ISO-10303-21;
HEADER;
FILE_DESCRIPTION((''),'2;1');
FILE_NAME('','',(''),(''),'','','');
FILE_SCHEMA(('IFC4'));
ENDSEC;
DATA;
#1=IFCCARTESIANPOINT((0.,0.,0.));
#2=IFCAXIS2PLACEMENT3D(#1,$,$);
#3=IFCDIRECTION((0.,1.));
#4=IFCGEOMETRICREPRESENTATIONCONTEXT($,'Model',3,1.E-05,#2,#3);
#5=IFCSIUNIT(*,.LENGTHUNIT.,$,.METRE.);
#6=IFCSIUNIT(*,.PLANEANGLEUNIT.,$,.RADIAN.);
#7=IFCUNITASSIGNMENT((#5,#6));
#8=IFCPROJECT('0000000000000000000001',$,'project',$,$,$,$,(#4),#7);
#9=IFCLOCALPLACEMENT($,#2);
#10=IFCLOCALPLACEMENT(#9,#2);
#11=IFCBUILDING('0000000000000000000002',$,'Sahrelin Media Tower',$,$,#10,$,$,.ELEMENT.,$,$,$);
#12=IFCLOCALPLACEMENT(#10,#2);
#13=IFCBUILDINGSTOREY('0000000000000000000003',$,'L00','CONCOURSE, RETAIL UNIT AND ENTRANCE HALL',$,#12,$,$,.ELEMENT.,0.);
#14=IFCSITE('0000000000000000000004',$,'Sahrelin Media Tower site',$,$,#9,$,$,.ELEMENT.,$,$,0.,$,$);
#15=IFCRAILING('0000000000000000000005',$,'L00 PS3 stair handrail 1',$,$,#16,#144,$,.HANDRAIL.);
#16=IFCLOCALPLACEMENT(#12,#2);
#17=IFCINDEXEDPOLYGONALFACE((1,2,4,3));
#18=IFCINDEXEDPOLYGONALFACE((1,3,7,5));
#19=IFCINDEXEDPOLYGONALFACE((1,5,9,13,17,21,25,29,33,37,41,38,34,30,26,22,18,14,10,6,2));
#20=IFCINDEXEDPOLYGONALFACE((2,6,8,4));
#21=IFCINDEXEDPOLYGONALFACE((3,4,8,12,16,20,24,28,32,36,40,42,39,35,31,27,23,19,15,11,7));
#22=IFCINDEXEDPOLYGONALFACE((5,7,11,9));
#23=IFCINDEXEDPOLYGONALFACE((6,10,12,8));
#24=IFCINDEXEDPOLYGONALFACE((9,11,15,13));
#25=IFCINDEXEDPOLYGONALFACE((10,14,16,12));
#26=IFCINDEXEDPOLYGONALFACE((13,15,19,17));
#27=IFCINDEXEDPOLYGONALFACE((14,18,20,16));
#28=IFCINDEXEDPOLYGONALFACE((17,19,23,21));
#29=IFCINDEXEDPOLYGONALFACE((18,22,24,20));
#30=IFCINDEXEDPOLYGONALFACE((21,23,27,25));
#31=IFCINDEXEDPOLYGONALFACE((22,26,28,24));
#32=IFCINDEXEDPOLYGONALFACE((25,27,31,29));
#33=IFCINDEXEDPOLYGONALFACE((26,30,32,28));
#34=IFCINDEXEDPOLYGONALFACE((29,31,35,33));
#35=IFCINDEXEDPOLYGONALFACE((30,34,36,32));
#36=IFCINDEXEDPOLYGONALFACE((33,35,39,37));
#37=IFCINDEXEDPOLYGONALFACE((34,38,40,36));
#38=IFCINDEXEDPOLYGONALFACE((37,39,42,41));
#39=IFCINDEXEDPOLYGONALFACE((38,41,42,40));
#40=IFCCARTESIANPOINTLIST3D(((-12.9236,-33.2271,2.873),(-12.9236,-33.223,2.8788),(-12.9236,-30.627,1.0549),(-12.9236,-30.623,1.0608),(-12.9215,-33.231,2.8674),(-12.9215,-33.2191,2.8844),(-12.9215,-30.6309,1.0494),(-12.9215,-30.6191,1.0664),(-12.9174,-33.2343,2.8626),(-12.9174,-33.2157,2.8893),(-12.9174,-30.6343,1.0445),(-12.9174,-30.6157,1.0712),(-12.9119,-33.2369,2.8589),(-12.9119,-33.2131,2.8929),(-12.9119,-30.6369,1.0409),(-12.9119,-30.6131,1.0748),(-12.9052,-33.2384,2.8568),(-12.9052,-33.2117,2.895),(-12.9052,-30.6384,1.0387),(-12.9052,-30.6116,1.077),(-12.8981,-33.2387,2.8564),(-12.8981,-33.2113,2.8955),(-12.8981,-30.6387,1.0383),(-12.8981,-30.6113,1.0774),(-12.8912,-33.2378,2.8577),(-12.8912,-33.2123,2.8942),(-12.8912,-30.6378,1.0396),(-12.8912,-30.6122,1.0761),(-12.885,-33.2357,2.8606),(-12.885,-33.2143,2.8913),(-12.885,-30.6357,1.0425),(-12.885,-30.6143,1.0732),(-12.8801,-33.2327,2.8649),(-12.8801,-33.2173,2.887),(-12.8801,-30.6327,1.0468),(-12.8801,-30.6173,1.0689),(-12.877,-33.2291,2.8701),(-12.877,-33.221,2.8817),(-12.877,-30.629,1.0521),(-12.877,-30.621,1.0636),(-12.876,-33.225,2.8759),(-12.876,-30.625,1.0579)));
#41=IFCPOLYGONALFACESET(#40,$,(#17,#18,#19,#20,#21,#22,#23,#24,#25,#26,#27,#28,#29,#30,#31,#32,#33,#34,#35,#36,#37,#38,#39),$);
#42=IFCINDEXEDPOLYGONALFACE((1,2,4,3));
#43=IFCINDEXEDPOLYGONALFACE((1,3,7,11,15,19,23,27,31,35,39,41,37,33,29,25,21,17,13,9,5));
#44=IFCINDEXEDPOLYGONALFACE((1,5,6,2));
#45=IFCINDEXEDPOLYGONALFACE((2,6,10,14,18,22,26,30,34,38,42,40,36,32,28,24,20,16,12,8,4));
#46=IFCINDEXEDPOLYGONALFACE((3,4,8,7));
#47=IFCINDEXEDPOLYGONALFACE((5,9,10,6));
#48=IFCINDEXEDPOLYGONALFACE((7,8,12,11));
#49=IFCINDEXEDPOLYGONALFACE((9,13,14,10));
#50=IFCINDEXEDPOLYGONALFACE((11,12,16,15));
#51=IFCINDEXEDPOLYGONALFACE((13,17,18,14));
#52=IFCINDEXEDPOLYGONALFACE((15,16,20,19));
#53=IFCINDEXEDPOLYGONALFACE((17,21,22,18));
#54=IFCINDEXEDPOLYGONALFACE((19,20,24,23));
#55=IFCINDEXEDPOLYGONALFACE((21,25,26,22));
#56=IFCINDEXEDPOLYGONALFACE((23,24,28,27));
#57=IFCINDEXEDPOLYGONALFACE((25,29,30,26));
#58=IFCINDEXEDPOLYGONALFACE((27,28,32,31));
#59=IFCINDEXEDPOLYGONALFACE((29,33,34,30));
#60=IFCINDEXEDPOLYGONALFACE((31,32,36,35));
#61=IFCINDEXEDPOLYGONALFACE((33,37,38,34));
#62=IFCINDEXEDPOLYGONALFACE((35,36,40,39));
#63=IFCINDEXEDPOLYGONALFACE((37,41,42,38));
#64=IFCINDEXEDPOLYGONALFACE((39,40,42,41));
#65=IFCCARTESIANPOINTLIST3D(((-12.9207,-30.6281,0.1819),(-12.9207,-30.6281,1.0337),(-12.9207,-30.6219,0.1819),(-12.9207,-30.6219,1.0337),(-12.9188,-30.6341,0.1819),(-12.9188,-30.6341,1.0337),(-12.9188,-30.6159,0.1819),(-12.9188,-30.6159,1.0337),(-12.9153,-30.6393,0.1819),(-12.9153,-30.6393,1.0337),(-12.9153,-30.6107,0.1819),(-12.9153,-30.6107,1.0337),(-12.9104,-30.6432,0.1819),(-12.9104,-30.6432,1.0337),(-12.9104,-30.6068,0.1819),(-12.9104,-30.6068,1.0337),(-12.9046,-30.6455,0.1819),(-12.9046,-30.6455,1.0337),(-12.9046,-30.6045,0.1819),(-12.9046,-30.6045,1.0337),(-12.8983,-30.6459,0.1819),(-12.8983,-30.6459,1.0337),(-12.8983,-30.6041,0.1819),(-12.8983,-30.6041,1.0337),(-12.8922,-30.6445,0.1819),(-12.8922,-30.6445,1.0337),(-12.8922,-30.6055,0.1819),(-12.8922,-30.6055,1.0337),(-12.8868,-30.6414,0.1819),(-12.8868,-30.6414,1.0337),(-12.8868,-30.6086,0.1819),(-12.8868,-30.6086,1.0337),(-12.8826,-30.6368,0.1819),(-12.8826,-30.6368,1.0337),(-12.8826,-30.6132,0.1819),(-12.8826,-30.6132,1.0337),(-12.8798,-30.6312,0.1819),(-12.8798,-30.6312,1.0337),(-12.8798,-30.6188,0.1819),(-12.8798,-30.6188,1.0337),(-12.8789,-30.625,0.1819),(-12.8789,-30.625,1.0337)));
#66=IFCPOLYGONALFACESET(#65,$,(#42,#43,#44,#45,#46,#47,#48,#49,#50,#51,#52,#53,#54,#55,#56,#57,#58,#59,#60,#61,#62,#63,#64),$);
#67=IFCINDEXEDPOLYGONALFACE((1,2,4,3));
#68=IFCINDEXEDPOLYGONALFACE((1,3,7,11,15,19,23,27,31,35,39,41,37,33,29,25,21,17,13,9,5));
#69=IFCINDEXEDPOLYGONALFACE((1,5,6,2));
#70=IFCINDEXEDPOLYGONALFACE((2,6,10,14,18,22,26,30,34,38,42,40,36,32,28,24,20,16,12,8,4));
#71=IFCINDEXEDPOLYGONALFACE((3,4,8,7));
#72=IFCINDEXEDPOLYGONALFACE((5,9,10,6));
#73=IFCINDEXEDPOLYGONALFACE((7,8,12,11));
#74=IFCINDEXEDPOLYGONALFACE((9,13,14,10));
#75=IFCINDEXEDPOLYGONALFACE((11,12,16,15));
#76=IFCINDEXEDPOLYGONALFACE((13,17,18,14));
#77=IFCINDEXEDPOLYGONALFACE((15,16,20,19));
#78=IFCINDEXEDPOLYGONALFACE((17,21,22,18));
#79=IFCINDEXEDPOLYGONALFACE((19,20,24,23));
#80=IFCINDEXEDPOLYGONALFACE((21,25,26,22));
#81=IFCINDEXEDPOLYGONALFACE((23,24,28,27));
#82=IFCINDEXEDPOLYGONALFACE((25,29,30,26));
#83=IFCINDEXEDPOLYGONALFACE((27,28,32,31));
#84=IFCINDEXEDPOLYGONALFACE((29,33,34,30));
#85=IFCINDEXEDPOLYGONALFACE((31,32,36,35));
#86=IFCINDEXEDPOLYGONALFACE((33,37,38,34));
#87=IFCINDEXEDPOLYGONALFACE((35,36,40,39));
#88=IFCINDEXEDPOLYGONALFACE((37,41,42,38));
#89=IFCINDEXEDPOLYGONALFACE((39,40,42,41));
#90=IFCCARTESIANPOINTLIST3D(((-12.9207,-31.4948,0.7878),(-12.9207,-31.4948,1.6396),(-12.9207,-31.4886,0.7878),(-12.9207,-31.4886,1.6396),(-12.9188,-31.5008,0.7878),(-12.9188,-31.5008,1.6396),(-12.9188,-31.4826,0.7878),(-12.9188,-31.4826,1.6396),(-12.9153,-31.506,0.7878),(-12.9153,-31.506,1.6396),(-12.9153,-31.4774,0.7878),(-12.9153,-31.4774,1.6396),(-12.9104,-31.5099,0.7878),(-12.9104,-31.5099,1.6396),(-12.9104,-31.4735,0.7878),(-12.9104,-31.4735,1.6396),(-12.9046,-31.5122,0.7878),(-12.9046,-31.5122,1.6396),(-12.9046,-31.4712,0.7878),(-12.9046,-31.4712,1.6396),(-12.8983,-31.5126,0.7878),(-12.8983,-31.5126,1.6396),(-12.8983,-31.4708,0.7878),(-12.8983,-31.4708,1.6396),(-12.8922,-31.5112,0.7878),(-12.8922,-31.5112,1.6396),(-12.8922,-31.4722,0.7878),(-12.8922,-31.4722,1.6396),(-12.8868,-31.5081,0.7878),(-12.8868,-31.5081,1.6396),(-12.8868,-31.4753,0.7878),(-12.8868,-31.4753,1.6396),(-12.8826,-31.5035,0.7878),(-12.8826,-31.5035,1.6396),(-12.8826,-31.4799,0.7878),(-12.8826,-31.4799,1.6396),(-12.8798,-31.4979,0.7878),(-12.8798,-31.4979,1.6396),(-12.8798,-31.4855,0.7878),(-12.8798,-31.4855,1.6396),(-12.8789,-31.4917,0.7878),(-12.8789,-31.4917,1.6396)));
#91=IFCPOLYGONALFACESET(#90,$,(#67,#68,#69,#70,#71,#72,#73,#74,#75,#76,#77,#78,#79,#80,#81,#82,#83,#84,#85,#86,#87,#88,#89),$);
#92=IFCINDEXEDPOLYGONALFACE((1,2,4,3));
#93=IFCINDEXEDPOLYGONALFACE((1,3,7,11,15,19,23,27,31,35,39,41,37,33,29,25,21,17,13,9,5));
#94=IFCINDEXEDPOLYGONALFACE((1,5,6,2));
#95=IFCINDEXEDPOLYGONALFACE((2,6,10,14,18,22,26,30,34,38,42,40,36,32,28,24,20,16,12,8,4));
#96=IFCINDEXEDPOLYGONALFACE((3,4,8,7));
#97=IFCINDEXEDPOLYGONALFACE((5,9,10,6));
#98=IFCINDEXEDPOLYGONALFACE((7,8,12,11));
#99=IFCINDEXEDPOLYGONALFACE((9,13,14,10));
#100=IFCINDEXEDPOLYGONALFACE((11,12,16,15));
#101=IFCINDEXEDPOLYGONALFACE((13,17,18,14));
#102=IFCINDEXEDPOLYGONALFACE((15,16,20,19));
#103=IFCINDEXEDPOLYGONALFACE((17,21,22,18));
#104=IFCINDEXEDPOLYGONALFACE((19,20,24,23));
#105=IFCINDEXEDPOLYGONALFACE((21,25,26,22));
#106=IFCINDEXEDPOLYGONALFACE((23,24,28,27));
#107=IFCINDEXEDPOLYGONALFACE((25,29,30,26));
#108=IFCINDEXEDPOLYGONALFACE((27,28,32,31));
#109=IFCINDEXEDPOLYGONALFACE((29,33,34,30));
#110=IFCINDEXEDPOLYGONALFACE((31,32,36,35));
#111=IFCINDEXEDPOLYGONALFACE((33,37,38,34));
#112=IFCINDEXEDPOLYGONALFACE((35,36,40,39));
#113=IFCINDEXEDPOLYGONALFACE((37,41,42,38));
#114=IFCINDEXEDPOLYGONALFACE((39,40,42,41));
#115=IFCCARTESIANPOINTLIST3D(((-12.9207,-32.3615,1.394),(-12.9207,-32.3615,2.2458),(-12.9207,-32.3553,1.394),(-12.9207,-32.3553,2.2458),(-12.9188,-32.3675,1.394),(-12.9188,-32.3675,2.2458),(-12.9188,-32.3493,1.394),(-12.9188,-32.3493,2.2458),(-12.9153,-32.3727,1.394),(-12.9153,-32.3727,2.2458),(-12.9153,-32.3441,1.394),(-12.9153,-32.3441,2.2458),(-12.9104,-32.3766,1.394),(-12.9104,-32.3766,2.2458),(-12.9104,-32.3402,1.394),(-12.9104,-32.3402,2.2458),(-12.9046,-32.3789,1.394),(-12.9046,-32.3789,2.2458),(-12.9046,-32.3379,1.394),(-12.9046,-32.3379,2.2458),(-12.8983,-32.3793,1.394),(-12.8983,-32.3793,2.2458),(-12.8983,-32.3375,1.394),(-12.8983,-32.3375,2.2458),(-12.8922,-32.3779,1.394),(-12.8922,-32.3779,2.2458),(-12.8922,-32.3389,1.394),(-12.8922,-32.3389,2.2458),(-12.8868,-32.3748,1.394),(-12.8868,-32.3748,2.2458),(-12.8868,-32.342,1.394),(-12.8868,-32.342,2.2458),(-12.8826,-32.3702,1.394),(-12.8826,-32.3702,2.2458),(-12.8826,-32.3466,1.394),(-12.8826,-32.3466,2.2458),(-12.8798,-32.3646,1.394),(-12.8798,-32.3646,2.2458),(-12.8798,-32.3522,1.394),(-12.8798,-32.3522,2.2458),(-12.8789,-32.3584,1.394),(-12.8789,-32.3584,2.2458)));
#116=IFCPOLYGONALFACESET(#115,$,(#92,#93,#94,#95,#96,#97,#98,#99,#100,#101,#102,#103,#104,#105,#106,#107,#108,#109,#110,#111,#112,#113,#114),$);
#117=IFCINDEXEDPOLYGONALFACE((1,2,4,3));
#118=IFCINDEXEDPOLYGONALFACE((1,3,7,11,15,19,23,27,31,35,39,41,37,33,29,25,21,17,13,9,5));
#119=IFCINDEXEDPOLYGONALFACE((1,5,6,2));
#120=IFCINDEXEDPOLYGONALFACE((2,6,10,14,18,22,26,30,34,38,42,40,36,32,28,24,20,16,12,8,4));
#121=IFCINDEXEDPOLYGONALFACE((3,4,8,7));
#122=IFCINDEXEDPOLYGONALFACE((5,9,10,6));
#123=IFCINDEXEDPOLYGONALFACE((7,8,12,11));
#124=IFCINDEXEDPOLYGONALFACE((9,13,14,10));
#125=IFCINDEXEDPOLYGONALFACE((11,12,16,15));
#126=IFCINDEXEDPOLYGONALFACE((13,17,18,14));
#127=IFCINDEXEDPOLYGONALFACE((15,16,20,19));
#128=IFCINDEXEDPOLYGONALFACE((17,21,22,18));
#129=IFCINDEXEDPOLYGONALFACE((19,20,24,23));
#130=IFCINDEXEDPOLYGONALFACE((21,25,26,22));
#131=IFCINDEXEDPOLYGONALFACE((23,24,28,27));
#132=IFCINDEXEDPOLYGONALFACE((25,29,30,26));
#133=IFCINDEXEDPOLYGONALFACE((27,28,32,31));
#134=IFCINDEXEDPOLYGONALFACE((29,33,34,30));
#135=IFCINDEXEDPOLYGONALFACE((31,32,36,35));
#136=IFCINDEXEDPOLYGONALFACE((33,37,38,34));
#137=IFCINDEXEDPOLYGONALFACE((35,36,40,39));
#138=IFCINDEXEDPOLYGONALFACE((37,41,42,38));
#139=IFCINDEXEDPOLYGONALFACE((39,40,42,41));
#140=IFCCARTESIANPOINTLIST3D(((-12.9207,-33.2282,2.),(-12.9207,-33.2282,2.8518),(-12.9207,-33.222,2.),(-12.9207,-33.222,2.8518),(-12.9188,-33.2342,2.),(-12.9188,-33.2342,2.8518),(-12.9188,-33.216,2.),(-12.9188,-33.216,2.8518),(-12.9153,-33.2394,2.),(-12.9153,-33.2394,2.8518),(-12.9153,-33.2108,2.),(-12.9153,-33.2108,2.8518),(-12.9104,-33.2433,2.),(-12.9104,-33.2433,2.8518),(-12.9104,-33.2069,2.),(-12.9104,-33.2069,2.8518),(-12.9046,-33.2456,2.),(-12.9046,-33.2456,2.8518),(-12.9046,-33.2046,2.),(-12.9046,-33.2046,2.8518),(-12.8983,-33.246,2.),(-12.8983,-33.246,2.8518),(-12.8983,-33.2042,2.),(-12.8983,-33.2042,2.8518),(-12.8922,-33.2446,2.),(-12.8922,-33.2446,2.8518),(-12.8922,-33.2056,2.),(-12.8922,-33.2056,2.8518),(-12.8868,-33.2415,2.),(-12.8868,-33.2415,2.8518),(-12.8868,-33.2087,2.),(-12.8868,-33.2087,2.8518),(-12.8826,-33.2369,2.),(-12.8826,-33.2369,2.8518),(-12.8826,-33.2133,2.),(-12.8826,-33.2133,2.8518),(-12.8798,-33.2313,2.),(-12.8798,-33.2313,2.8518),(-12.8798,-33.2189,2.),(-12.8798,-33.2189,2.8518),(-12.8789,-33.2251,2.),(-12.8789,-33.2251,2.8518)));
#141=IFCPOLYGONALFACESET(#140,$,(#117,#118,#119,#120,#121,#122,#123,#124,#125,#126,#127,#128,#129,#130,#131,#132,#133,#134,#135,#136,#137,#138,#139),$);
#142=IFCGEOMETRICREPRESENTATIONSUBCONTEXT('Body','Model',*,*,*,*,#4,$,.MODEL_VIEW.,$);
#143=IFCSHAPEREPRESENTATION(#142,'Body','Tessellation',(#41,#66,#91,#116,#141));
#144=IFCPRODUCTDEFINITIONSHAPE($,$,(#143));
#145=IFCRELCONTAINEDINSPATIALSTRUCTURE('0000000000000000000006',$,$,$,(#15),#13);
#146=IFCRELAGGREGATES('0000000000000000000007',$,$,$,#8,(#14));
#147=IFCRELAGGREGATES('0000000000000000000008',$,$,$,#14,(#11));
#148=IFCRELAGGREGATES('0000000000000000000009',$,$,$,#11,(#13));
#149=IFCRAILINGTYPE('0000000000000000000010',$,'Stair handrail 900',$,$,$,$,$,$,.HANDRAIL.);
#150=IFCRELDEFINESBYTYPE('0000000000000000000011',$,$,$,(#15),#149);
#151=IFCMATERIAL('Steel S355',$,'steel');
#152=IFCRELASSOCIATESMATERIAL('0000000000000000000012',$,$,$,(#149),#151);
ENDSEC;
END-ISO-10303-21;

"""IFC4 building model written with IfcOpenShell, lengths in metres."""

from ifc_helpers import new_model, si_unit, direction, frame, origin, origin_2d, place, context, subcontext, project, spatial, circle, extrude, material, type_object, element, save


model = new_model("IFC4")

# Units and contexts
model_context = context("Model", 3, precision=1e-05, world=origin(), true_north=direction((0.0, 1.0)))
body_context = subcontext(model_context, "Body", "Model", "MODEL_VIEW")
ifc_project = project(units=[si_unit("LENGTHUNIT", "METRE"), si_unit("PLANEANGLEUNIT", "RADIAN")], contexts=[model_context])

# Site, building, storey
site_placement = place(None, origin())
site = spatial("IfcSite", under=ifc_project, at=site_placement, Name="Sahrelin Media Tower site", CompositionType="ELEMENT", RefElevation=0.0)
building_placement = place(site_placement, origin())
building = spatial("IfcBuilding", under=site, at=building_placement, Name="Sahrelin Media Tower", CompositionType="ELEMENT")
storey_placement = place(building_placement, origin())
storey = spatial("IfcBuildingStorey", under=building, at=storey_placement, Name="L00", Description="CONCOURSE, RETAIL UNIT AND ENTRANCE HALL", CompositionType="ELEMENT", Elevation=0.0)

# Shared definitions
ifc_material_1 = material(Name="Steel S355", Category="steel")

# Railing
railing_type_1 = type_object("IfcRailingType", Name="Stair handrail 900", PredefinedType="HANDRAIL", material=ifc_material_1)
railing_1_placement = place(storey_placement, frame((-12.8999, -30.625, 0.1819)))
element("IfcRailing", 1, at=railing_1_placement, inside=storey, type_object=railing_type_1, Name="L00 PS3 stair handrail 1", PredefinedType="HANDRAIL", context=body_context, shape_type="SweptSolid", body=[
    extrude(circle(Radius=0.0239, at=origin_2d()), frame((0.0, 0.0, 0.876), z_axis=(0.0, -0.819521, 0.573049), x_axis=(1.0, 0.0, 0.0)), (0.0, 0.0, 1.0), 3.1726),
    extrude(circle(Radius=0.021, at=origin_2d()), origin(), (0.0, 0.0, 1.0), 0.8518),
    extrude(circle(Radius=0.021, at=origin_2d()), frame((0.0, -0.8667, 0.606)), (0.0, 0.0, 1.0), 0.8518),
    extrude(circle(Radius=0.021, at=origin_2d()), frame((0.0, -1.7334, 1.2122)), (0.0, 0.0, 1.0), 0.8518),
    extrude(circle(Radius=0.021, at=origin_2d()), frame((0.0, -2.6001, 1.8181)), (0.0, 0.0, 1.0), 0.8518),
])

save(model, "model.ifc")
